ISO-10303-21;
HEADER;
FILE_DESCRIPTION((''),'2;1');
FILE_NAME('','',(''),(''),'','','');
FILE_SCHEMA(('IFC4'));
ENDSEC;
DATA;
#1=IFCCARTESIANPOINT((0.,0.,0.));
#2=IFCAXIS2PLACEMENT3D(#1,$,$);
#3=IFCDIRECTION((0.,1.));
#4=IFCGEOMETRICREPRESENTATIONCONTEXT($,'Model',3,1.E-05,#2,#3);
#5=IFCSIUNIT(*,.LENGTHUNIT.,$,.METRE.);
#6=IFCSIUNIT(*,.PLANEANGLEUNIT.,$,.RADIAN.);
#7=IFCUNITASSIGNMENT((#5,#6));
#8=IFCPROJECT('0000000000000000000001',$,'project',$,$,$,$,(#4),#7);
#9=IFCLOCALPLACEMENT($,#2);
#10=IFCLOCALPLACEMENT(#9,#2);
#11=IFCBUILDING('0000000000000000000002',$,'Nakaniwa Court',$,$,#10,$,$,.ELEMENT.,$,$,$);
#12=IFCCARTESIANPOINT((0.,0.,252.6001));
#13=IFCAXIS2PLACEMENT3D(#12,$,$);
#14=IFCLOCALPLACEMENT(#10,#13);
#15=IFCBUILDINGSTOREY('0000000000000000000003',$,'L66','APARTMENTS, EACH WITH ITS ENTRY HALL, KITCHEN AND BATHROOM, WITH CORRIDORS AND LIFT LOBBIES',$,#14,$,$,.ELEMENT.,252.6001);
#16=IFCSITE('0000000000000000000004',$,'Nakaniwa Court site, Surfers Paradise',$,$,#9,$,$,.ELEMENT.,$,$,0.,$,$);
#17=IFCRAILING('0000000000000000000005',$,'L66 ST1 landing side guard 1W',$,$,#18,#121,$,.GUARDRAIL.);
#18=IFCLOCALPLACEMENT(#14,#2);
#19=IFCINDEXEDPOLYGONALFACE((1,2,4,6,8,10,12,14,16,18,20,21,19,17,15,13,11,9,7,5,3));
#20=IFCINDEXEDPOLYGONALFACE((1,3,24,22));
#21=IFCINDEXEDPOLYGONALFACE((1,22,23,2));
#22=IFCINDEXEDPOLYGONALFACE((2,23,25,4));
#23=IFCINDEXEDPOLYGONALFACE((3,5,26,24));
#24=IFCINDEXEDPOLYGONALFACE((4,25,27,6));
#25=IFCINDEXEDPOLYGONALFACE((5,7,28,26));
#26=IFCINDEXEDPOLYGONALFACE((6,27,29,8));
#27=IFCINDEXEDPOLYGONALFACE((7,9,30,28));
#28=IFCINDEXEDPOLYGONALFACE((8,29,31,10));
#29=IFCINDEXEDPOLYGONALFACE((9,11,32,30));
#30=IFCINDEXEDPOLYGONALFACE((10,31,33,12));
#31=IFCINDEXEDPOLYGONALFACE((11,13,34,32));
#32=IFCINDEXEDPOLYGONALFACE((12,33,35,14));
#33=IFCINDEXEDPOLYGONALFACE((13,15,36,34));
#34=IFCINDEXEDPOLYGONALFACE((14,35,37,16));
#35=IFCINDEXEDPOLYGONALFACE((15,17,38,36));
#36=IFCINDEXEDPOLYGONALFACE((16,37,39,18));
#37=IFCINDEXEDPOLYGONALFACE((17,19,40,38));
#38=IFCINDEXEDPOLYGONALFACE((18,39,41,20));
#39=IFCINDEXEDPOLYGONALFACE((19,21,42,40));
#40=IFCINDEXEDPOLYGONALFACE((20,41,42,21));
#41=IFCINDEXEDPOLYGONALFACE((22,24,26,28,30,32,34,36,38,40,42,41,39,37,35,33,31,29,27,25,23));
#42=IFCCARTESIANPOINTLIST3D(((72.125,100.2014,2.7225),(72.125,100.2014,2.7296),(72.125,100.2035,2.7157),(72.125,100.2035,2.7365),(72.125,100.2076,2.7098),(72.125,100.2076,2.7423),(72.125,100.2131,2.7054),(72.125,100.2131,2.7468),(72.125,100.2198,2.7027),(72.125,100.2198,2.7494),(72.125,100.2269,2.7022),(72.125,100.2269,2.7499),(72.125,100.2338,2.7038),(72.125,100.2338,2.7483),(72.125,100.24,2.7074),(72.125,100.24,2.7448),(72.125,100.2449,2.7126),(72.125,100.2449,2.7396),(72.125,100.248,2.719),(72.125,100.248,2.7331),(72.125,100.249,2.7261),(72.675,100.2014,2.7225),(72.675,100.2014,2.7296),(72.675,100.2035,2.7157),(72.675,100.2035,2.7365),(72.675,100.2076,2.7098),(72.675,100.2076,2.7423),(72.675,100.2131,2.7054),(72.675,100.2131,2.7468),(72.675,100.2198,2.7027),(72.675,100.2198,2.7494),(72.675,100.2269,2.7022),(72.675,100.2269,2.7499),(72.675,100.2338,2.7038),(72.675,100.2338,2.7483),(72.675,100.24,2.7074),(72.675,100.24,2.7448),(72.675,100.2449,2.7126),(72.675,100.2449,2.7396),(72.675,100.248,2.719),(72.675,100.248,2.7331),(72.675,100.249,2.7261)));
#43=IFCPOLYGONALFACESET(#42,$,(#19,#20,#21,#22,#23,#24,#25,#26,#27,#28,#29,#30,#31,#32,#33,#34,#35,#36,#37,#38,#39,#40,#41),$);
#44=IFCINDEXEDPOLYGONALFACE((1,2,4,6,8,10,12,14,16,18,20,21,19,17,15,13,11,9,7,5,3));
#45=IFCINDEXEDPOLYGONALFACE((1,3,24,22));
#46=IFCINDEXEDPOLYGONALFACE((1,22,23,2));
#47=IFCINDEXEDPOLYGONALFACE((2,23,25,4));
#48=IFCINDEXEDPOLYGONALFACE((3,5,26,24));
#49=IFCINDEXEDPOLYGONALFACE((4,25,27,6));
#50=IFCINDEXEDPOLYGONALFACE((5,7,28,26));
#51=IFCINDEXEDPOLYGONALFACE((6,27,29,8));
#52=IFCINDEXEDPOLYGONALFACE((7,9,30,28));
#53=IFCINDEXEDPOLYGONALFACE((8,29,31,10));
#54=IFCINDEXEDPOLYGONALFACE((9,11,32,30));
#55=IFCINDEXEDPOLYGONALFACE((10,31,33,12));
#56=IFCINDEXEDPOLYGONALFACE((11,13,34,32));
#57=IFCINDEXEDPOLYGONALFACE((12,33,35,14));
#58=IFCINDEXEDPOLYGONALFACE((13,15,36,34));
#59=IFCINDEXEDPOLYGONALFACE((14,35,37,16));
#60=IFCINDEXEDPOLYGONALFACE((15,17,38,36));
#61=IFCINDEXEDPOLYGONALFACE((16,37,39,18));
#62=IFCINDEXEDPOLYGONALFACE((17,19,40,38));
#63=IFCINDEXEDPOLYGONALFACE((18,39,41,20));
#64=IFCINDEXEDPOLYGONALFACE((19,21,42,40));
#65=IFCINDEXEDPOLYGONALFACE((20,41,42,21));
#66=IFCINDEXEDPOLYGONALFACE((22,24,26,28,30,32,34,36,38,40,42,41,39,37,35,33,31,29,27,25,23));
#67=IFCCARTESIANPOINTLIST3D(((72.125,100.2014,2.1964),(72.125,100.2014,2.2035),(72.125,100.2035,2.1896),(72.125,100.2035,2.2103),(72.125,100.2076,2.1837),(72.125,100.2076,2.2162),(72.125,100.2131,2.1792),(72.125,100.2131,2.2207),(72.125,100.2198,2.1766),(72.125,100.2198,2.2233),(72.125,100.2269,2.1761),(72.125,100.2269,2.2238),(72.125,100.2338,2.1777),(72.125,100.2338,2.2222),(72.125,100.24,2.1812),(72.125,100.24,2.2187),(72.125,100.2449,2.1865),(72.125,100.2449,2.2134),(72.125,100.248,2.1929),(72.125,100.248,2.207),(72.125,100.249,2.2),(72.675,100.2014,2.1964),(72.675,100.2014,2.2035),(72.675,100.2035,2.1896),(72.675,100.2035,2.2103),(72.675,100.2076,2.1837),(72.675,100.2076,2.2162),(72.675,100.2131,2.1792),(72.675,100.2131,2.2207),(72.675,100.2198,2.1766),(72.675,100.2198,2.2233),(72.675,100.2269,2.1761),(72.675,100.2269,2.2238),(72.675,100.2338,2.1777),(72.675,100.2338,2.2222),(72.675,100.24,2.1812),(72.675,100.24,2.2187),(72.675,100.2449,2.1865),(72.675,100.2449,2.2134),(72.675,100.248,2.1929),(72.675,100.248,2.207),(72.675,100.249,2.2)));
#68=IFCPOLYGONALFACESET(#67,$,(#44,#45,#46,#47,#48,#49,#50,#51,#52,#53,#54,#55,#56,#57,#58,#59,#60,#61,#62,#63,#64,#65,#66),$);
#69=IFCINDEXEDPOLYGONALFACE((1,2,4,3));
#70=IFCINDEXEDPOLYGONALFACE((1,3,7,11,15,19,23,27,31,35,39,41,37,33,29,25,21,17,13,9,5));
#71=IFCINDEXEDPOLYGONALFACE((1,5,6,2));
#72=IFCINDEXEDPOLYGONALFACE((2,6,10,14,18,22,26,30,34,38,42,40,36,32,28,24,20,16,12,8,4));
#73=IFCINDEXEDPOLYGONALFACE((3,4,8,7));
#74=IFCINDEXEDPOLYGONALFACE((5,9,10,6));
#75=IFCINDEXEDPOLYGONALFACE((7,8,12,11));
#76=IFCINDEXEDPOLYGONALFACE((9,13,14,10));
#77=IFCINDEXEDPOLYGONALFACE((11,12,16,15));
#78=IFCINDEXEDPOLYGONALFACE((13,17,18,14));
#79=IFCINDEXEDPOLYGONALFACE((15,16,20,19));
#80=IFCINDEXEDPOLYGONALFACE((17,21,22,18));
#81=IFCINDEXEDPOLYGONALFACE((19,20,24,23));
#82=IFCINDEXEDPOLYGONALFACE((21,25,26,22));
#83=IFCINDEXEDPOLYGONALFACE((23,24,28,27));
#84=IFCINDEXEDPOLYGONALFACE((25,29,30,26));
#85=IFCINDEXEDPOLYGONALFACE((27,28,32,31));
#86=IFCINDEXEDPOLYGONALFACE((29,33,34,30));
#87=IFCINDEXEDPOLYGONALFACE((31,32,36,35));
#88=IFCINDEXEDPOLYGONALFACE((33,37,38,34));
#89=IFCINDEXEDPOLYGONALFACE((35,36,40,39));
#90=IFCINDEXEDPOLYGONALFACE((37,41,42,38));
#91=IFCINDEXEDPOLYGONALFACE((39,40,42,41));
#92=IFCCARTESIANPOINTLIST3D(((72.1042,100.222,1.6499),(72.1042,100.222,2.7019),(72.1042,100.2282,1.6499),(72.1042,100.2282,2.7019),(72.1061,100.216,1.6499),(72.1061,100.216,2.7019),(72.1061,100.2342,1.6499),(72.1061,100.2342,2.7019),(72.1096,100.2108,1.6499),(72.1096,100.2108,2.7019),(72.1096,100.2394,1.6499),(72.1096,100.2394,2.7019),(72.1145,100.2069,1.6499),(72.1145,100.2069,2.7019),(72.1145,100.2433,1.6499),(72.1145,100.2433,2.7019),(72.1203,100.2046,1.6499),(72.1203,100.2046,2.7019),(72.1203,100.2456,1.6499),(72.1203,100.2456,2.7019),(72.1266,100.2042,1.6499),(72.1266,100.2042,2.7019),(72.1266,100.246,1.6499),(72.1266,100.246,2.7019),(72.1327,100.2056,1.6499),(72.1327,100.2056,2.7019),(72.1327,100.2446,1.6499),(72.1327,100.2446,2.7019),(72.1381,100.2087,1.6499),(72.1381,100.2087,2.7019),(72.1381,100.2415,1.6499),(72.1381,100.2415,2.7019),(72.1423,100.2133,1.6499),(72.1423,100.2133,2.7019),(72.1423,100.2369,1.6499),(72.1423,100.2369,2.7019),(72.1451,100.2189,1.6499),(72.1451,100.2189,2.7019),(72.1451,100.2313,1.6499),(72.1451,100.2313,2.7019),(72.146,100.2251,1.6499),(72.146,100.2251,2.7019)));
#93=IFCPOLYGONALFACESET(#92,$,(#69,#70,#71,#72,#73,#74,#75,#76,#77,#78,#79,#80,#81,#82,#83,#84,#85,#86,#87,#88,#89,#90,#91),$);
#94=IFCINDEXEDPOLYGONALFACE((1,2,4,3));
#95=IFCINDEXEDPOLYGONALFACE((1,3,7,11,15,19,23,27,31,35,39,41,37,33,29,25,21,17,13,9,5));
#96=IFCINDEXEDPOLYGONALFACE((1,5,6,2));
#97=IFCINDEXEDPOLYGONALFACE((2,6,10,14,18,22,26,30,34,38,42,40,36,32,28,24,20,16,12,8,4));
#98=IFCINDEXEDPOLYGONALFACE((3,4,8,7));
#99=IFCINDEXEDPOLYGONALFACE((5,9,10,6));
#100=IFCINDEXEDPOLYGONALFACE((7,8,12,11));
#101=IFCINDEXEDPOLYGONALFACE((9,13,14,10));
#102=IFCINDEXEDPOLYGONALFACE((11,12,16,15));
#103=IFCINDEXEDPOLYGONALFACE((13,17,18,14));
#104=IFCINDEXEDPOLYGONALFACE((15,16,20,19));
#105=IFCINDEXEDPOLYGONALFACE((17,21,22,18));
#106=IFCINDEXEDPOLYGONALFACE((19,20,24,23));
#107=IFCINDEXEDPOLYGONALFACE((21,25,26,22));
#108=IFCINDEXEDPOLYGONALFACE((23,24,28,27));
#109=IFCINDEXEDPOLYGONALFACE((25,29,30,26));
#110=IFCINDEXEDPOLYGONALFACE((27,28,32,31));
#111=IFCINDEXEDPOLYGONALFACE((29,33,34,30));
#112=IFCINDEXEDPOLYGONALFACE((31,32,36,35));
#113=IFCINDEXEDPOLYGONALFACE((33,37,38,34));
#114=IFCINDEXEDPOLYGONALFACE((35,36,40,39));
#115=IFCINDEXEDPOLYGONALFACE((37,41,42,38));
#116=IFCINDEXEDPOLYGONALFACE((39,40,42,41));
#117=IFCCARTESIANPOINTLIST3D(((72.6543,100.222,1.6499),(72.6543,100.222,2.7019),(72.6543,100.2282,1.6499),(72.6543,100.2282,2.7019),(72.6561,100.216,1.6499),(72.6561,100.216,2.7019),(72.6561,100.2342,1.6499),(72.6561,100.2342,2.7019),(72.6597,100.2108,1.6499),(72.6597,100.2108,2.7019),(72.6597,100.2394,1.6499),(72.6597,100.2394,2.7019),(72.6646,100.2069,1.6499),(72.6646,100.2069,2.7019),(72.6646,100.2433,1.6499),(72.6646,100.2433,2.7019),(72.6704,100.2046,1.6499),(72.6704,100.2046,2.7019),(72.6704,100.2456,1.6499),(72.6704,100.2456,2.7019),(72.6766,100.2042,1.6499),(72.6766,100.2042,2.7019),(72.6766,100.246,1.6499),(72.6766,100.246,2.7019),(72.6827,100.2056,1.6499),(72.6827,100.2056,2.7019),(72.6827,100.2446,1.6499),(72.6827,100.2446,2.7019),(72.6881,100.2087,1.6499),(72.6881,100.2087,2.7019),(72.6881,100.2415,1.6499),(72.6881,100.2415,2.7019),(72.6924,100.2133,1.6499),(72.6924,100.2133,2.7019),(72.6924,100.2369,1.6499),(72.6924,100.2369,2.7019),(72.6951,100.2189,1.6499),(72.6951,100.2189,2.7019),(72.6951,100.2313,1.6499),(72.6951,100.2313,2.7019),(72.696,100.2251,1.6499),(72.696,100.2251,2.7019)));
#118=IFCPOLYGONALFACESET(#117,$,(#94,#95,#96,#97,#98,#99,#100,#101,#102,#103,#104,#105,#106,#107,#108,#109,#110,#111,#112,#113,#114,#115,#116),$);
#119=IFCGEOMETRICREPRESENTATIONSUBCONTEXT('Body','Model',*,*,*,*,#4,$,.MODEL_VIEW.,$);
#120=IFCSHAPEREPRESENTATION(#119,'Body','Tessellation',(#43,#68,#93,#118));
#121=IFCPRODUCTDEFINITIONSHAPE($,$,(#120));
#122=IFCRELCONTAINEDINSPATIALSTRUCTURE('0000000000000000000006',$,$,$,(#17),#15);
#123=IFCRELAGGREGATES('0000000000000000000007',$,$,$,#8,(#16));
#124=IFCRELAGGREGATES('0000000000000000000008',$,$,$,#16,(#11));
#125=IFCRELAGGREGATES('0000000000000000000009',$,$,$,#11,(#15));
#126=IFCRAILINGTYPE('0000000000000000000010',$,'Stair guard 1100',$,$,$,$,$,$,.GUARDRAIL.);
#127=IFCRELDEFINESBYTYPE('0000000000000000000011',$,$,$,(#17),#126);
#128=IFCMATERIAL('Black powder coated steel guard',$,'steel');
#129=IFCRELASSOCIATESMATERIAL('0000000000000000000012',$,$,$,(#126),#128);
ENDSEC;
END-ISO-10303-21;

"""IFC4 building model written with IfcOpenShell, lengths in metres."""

from ifc_helpers import new_model, si_unit, direction, frame, origin, origin_2d, place, context, subcontext, project, spatial, circle, extrude, material, type_object, element, save


model = new_model("IFC4")

# Units and contexts
model_context = context("Model", 3, precision=1e-05, world=origin(), true_north=direction((0.0, 1.0)))
body_context = subcontext(model_context, "Body", "Model", "MODEL_VIEW")
ifc_project = project(units=[si_unit("LENGTHUNIT", "METRE"), si_unit("PLANEANGLEUNIT", "RADIAN")], contexts=[model_context])

# Site, building, storey
site_placement = place(None, origin())
site = spatial("IfcSite", under=ifc_project, at=site_placement, Name="Nakaniwa Court site, Surfers Paradise", CompositionType="ELEMENT", RefElevation=0.0)
building_placement = place(site_placement, origin())
building = spatial("IfcBuilding", under=site, at=building_placement, Name="Nakaniwa Court", CompositionType="ELEMENT")
storey_placement = place(building_placement, frame((0.0, 0.0, 252.6001)))
storey = spatial("IfcBuildingStorey", under=building, at=storey_placement, Name="L66", Description="APARTMENTS, EACH WITH ITS ENTRY HALL, KITCHEN AND BATHROOM, WITH CORRIDORS AND LIFT LOBBIES", CompositionType="ELEMENT", Elevation=252.6001)

# Railing
ifc_material_1 = material(Name="Black powder coated steel guard", Category="steel")
railing_type_1 = type_object("IfcRailingType", Name="Stair guard 1100", PredefinedType="GUARDRAIL", material=ifc_material_1)
for number, where, name in (
    (1, (72.125, 100.2251, 1.6499), "L66 ST1 landing side guard 1W"),
):
    element("IfcRailing", number, at=place(storey_placement, frame(where)), inside=storey, type_object=railing_type_1, Name=name, PredefinedType="GUARDRAIL", context=body_context, shape_type="SweptSolid", body=[
        extrude(circle(Radius=0.0239, at=origin_2d()), frame((0.0, 0.0, 1.0762), z_axis=(1.0, 0.0, 0.0), x_axis=(0.0, 1.0, 0.0)), (0.0, 0.0, 1.0), 0.55),
        extrude(circle(Radius=0.0239, at=origin_2d()), frame((0.0, 0.0, 0.55), z_axis=(1.0, 0.0, 0.0), x_axis=(0.0, 1.0, 0.0)), (0.0, 0.0, 1.0), 0.55),
        extrude(circle(Radius=0.021, at=origin_2d()), origin(), (0.0, 0.0, 1.0), 1.052),
        extrude(circle(Radius=0.021, at=origin_2d()), frame((0.55, 0.0, 0.0)), (0.0, 0.0, 1.0), 1.052),
    ])

save(model, "model.ifc")
